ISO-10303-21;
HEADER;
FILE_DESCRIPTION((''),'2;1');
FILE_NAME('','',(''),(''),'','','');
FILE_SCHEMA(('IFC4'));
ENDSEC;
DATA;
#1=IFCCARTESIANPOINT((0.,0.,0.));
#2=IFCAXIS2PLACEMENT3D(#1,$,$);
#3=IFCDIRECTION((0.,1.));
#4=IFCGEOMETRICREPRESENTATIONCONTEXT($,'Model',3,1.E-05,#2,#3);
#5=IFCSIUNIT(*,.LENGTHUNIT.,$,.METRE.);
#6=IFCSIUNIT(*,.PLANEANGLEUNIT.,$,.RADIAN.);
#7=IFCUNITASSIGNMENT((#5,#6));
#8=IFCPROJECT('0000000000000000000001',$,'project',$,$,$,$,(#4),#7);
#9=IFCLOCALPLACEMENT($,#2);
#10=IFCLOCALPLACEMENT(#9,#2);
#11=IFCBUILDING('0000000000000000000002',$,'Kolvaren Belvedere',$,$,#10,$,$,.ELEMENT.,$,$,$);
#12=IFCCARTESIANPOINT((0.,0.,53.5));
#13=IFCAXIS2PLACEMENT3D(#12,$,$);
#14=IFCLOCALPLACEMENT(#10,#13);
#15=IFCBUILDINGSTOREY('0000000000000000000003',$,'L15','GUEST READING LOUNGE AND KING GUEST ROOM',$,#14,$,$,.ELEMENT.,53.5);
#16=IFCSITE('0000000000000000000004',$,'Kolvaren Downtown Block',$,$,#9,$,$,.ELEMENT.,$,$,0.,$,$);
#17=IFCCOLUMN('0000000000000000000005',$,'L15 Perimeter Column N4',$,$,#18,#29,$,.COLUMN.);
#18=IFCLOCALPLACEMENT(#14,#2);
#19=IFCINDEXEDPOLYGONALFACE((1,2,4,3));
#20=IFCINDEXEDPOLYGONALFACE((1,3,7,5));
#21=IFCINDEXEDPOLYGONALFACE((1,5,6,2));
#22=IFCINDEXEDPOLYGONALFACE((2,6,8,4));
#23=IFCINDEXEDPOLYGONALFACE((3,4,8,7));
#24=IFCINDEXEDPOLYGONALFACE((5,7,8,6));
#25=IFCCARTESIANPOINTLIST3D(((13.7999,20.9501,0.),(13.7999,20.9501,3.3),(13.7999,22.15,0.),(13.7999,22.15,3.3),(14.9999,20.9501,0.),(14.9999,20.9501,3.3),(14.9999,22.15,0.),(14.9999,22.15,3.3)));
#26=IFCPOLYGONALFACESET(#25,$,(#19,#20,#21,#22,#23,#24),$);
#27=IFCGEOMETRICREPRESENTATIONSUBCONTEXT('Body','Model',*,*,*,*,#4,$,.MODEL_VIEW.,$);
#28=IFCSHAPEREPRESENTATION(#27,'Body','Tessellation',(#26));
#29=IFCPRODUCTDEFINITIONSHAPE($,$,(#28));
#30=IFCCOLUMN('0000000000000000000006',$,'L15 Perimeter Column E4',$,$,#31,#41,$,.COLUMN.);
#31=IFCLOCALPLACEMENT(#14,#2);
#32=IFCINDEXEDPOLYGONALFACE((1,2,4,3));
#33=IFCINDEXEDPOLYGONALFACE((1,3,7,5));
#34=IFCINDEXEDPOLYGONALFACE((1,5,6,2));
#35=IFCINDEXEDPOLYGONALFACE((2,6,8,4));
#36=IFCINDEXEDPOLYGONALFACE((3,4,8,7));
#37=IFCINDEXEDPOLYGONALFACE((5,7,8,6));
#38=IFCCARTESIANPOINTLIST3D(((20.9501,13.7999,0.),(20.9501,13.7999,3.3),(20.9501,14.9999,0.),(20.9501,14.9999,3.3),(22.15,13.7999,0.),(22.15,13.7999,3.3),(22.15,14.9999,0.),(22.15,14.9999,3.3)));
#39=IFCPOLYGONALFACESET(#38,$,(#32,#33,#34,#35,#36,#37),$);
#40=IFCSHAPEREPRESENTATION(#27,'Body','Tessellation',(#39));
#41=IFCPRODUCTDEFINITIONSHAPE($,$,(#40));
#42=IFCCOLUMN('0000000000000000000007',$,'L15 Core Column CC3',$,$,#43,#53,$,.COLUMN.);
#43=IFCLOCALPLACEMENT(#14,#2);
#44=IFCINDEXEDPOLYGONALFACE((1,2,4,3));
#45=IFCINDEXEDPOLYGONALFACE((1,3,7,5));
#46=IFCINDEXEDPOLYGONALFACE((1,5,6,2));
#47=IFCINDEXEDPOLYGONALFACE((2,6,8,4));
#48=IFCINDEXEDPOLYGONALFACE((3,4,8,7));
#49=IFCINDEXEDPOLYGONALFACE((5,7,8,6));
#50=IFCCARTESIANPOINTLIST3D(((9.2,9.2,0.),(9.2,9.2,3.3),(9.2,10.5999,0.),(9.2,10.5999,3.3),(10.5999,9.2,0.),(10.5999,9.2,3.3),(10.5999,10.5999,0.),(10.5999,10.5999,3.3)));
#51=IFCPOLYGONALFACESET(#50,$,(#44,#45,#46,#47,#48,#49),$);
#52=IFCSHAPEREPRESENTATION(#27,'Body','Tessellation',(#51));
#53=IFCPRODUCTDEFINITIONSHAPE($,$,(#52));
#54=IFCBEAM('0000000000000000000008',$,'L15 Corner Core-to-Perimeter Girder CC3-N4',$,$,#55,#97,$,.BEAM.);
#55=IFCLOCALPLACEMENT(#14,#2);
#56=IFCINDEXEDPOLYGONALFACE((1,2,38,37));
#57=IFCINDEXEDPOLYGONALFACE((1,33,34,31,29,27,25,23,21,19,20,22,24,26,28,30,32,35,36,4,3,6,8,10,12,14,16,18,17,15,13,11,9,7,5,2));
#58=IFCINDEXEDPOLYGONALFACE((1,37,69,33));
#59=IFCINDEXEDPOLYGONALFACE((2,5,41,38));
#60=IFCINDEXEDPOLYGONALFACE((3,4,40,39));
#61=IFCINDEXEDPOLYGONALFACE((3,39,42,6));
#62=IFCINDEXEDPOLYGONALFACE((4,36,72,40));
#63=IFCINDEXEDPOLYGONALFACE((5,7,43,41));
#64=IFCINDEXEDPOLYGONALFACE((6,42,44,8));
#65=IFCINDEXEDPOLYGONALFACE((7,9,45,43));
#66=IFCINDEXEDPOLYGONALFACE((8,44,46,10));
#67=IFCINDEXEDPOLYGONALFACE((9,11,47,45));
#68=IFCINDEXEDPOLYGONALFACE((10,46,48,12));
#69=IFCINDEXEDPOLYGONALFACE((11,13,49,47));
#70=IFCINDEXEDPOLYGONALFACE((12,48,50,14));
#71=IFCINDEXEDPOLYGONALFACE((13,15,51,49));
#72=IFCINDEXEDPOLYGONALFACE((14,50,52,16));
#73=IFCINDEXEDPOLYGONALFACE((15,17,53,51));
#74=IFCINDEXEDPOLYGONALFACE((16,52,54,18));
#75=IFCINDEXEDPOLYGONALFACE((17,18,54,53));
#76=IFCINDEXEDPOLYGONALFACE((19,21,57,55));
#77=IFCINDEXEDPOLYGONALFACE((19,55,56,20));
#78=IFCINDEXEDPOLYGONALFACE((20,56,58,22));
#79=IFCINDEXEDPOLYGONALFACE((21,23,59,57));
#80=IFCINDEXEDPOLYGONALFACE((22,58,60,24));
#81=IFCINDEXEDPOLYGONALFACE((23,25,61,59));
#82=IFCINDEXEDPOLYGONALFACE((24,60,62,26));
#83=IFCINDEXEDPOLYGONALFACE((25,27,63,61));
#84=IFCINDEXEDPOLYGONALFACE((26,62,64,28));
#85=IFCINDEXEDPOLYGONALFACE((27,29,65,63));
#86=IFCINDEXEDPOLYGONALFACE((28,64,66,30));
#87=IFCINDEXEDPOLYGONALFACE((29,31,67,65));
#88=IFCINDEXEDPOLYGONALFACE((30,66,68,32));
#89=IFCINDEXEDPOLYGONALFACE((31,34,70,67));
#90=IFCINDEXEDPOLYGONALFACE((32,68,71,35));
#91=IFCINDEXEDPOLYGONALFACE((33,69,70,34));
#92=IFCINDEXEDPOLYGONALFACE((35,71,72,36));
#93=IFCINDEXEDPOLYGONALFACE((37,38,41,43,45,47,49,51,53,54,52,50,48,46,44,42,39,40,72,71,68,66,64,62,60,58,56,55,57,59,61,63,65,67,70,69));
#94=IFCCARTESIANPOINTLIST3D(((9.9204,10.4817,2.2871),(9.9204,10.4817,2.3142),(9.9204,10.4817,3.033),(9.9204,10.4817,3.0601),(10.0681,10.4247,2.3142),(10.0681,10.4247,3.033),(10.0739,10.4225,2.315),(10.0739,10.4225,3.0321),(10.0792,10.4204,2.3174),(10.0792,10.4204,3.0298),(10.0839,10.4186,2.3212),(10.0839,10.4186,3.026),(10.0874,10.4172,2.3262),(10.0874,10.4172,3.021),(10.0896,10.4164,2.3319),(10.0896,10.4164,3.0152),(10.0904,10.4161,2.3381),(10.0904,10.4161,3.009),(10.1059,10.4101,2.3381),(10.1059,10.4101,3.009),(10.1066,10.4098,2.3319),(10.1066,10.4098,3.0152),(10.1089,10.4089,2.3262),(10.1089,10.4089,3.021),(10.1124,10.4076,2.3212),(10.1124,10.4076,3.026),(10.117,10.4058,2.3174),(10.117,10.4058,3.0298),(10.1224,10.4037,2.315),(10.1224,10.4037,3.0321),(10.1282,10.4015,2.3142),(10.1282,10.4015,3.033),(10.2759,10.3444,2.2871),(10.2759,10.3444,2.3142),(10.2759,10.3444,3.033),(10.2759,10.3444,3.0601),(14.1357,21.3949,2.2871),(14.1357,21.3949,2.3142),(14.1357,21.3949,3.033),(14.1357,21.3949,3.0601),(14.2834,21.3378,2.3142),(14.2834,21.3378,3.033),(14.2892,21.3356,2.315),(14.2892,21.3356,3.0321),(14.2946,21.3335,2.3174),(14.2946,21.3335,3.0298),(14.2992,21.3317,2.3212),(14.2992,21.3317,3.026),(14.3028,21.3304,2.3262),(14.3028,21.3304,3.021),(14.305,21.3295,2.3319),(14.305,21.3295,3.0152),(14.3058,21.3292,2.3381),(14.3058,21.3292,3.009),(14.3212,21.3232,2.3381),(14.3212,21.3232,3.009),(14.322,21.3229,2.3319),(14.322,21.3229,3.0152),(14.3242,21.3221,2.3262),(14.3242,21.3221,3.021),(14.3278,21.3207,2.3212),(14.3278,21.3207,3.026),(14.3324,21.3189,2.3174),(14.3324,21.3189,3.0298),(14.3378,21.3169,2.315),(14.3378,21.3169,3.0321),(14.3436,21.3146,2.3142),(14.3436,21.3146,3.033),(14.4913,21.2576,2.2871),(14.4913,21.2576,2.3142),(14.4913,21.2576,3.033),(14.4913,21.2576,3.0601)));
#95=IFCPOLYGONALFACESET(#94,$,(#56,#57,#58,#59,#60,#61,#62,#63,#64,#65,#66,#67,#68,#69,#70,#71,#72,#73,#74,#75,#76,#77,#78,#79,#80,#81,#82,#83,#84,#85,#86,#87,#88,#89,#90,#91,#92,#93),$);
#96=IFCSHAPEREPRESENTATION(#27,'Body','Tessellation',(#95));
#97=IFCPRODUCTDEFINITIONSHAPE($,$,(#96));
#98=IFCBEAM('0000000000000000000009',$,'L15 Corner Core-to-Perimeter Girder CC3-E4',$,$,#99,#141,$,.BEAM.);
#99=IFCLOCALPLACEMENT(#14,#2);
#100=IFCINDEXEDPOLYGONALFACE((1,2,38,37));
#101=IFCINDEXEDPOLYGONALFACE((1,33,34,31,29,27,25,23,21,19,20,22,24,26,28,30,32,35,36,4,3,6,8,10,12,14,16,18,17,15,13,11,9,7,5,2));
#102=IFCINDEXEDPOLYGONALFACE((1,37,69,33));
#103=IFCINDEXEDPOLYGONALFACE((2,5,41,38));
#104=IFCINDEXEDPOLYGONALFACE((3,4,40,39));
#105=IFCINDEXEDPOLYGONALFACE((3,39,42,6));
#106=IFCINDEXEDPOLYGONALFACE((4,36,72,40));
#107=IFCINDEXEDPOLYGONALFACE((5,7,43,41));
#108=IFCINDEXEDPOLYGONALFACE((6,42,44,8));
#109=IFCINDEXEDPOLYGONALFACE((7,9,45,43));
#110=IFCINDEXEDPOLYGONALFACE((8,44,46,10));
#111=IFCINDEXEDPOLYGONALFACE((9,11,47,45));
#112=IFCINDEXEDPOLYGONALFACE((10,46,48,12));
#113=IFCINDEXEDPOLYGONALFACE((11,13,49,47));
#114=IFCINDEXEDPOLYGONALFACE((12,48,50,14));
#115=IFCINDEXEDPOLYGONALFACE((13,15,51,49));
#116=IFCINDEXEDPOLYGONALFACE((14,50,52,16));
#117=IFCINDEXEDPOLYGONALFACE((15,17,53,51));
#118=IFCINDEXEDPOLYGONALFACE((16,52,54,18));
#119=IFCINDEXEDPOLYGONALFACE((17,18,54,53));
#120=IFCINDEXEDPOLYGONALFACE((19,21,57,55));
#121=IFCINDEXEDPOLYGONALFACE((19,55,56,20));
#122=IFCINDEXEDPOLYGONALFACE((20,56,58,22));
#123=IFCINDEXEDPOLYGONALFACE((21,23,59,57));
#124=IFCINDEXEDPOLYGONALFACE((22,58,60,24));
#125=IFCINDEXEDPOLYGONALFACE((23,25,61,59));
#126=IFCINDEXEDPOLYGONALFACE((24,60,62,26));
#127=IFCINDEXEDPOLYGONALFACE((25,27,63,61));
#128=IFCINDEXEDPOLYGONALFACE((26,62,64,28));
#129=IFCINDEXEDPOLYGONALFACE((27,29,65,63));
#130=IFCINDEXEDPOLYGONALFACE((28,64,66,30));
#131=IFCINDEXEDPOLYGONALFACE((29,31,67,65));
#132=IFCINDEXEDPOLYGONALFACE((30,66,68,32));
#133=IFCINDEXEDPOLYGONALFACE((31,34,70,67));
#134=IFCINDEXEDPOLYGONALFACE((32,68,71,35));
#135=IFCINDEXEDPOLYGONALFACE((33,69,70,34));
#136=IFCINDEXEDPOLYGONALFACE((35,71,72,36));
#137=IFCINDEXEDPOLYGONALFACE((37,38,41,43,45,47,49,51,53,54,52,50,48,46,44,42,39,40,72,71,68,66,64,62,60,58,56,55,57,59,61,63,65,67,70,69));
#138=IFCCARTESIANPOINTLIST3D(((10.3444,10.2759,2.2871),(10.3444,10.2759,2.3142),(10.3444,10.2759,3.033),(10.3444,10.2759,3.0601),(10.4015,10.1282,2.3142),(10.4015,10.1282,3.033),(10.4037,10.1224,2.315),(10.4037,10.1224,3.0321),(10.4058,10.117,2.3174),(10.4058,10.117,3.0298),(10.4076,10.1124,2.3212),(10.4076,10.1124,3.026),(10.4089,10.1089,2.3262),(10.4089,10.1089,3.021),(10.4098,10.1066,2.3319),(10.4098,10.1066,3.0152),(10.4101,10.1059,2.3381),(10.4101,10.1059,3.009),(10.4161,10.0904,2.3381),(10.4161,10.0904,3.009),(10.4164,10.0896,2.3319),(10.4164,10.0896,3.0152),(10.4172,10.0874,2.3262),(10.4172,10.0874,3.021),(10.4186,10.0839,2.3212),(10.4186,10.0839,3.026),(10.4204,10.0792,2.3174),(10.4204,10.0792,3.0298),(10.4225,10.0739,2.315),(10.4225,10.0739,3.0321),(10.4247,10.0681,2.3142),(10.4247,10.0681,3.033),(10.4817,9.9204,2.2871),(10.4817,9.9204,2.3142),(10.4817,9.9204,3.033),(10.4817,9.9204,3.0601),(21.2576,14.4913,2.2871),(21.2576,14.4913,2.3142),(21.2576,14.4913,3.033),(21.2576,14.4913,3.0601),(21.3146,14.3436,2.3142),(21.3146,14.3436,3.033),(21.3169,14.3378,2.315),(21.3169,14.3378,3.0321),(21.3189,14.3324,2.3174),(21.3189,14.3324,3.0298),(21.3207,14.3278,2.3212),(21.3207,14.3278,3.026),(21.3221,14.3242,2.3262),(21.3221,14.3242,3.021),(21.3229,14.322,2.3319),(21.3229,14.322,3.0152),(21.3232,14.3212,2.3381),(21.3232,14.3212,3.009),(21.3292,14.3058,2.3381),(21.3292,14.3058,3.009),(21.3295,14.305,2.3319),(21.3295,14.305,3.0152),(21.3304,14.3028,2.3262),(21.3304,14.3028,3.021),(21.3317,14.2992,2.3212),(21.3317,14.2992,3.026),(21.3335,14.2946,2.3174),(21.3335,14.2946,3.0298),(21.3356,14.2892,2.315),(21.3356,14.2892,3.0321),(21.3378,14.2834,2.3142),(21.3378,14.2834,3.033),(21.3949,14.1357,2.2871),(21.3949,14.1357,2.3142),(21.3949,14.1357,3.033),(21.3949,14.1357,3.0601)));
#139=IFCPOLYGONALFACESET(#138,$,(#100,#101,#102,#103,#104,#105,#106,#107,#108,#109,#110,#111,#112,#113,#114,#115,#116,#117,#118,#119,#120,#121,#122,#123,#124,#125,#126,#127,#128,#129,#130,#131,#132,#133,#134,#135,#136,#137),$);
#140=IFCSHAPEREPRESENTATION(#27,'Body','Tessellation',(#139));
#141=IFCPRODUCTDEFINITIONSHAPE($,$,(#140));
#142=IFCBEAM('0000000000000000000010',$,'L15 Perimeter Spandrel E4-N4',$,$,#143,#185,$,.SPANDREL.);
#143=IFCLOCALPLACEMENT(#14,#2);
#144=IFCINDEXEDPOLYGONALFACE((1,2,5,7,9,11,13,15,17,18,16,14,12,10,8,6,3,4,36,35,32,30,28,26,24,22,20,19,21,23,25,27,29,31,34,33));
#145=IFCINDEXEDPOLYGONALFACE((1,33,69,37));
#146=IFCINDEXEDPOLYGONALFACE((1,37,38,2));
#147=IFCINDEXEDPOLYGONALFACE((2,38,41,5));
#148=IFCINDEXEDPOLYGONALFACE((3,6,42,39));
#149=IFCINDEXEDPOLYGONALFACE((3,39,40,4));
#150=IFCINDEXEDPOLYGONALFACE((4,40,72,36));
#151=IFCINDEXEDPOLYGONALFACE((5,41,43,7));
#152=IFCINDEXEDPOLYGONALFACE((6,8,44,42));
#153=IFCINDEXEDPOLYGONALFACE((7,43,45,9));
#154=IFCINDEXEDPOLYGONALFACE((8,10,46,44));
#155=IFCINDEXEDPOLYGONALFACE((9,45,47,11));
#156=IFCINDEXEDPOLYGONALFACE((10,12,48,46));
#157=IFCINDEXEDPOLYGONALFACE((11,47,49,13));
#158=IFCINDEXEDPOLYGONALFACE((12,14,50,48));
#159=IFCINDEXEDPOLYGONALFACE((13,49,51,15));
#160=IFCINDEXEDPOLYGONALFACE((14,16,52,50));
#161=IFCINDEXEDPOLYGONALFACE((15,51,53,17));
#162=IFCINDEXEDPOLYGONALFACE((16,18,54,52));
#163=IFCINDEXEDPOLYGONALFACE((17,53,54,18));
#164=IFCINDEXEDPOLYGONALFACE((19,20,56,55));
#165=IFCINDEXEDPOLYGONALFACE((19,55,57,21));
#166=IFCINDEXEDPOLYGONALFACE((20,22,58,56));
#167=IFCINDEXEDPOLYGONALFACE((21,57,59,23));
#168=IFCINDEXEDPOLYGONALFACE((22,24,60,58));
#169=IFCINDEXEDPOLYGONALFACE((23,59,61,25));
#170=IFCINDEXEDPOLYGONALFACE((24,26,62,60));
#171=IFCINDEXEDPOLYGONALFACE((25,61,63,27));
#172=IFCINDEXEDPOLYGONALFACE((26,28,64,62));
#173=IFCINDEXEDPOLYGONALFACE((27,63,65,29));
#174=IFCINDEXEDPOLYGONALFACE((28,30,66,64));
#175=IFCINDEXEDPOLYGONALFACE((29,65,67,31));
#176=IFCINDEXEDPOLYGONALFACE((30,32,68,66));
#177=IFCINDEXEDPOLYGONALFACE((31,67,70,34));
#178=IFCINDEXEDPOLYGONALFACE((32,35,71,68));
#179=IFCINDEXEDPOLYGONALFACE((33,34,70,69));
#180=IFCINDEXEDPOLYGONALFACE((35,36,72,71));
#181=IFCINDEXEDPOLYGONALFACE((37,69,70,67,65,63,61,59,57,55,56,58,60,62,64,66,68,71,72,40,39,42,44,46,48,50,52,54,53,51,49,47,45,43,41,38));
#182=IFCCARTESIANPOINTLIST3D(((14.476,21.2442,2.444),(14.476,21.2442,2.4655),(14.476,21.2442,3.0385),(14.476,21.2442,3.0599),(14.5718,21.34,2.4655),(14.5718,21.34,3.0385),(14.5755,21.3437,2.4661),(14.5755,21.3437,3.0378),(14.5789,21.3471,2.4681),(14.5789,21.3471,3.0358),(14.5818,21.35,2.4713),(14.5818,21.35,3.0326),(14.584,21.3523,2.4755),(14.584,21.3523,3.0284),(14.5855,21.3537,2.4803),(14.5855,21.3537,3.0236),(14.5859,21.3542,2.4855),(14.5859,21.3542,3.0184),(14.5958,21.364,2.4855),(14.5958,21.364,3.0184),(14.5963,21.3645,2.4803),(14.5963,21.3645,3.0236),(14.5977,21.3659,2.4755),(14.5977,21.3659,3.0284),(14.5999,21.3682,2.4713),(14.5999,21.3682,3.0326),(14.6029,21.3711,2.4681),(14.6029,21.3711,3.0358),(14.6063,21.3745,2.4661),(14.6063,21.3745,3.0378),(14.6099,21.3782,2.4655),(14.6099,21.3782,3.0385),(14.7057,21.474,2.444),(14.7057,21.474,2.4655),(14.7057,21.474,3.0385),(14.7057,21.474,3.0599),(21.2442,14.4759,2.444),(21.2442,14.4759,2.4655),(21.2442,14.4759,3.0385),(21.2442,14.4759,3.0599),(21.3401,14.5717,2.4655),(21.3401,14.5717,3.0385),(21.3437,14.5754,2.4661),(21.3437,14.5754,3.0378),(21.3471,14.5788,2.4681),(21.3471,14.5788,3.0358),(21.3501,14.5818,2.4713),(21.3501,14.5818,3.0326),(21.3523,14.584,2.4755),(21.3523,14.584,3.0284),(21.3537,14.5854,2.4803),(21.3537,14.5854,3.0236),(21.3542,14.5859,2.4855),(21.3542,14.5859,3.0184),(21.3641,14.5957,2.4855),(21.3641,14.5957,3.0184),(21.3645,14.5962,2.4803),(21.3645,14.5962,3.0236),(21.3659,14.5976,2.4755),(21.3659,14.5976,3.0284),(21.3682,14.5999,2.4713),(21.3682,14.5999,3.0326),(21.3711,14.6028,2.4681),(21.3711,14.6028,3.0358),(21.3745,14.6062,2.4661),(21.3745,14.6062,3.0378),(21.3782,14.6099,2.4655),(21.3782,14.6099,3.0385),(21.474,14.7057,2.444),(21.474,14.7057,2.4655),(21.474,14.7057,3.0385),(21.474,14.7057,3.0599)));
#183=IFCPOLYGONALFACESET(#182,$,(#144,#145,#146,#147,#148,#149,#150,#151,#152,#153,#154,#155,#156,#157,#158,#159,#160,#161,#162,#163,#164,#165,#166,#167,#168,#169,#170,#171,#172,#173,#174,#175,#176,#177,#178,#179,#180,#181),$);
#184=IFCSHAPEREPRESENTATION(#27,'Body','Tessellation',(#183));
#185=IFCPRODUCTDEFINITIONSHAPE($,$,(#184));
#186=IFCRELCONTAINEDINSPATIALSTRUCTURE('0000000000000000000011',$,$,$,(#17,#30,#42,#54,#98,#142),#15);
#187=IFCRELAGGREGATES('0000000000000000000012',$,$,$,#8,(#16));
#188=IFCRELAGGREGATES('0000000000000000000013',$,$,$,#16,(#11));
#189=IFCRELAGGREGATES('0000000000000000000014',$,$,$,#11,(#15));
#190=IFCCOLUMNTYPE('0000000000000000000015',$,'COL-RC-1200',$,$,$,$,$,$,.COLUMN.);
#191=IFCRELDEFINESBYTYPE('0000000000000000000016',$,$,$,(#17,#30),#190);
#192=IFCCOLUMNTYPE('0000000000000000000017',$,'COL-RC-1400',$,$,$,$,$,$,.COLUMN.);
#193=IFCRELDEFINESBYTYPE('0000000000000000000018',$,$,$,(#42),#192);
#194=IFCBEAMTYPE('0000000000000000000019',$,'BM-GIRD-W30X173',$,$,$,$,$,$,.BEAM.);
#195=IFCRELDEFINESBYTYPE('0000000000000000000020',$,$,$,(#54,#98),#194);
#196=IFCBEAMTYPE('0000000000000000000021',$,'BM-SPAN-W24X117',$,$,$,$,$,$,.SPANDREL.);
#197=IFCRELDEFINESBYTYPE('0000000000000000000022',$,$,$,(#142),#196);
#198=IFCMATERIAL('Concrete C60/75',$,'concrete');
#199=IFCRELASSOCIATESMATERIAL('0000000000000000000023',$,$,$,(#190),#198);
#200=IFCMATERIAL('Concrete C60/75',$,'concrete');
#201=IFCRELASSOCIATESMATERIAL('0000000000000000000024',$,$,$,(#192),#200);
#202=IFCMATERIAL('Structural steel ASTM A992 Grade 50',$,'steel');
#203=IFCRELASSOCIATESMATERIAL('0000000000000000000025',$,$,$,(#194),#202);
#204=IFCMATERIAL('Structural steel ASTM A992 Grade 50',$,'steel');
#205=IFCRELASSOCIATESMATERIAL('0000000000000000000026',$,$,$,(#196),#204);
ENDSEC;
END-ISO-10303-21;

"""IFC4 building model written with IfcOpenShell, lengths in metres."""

from ifc_helpers import new_model, si_unit, direction, frame, origin, origin_2d, place, context, subcontext, project, spatial, rectangle, i_section, extrude, material, material_profile, profile_set, type_object, element, save


model = new_model("IFC4")

# Units and contexts
model_context = context("Model", 3, precision=1e-05, world=origin(), true_north=direction((0.0, 1.0)))
body_context = subcontext(model_context, "Body", "Model", "MODEL_VIEW")
ifc_project = project(units=[si_unit("LENGTHUNIT", "METRE"), si_unit("PLANEANGLEUNIT", "RADIAN")], contexts=[model_context])

# Site, building, storey
site_placement = place(None, origin())
site = spatial("IfcSite", under=ifc_project, at=site_placement, Name="Kolvaren Downtown Block", CompositionType="ELEMENT", RefElevation=0.0)
building_placement = place(site_placement, origin())
building = spatial("IfcBuilding", under=site, at=building_placement, Name="Kolvaren Belvedere", CompositionType="ELEMENT")
storey_placement = place(building_placement, frame((0.0, 0.0, 53.5)))
storey = spatial("IfcBuildingStorey", under=building, at=storey_placement, Name="L15", Description="GUEST READING LOUNGE AND KING GUEST ROOM", CompositionType="ELEMENT", Elevation=53.5)

# Columns
ifc_material_1 = material(Name="Concrete C60/75", Category="concrete")
ifc_material_profile_1 = material_profile(ifc_material_1, rectangle(XDim=1.2, YDim=1.2, at=origin_2d()), Name="RC 1200X1200")
ifc_profile_set_1 = profile_set([ifc_material_profile_1], Name="Concrete C60/75")
column_type_1 = type_object("IfcColumnType", Name="COL-RC-1200", PredefinedType="COLUMN", material=ifc_profile_set_1)
for number, where, z_axis, x_axis, name in (
    (1, (14.3999, 21.55, 0.0), (0.0, 0.0, 1.0), (1.0, 0.0, 0.0), "L15 Perimeter Column N4"),
    (2, (21.55, 14.3999, 0.0), (0.0, 0.0, 1.0), (1.0, 0.0, 0.0), "L15 Perimeter Column E4"),
):
    element("IfcColumn", number, at=place(storey_placement, frame(where, z_axis=z_axis, x_axis=x_axis)), inside=storey, type_object=column_type_1, Name=name, PredefinedType="COLUMN", context=body_context, shape_type="SweptSolid", body=[
        extrude(rectangle(XDim=1.2, YDim=1.2, at=origin_2d()), origin(), (0.0, 0.0, 1.0), 3.3),
    ])
ifc_material_2 = material(Name="Concrete C60/75", Category="concrete")
ifc_material_profile_2 = material_profile(ifc_material_2, rectangle(XDim=1.3999, YDim=1.3999, at=origin_2d()), Name="RC 1400X1400")
ifc_profile_set_2 = profile_set([ifc_material_profile_2], Name="Concrete C60/75")
column_type_2 = type_object("IfcColumnType", Name="COL-RC-1400", PredefinedType="COLUMN", material=ifc_profile_set_2)
column_placement = place(storey_placement, frame((9.8999, 9.8999, 0.0), z_axis=(0.0, 0.0, 1.0), x_axis=(1.0, 0.0, 0.0)))
element("IfcColumn", 3, at=column_placement, inside=storey, type_object=column_type_2, Name="L15 Core Column CC3", PredefinedType="COLUMN", context=body_context, shape_type="SweptSolid", body=[
    extrude(rectangle(XDim=1.3999, YDim=1.3999, at=origin_2d()), origin(), (0.0, 0.0, 1.0), 3.3),
])

# Beams
ifc_material_3 = material(Name="Structural steel ASTM A992 Grade 50", Category="steel")
ifc_material_profile_3 = material_profile(ifc_material_3, i_section(OverallWidth=0.3811, OverallDepth=0.7729, WebThickness=0.0166, FlangeThickness=0.0271, FilletRadius=0.0239, at=origin_2d()), Name="W30X173")
ifc_profile_set_3 = profile_set([ifc_material_profile_3], Name="Structural steel ASTM A992 Grade 50")
beam_type_1 = type_object("IfcBeamType", Name="BM-GIRD-W30X173", PredefinedType="BEAM", material=ifc_profile_set_3)
for number, where, z_axis, x_axis, name in (
    (4, (10.0981, 10.4131, 2.6736), (0.360318, 0.932829, 0.0), (-0.932829, 0.360318, 0.0), "L15 Corner Core-to-Perimeter Girder CC3-N4"),
    (5, (10.4131, 10.0981, 2.6736), (0.932829, 0.360318, 0.0), (-0.360318, 0.932829, 0.0), "L15 Corner Core-to-Perimeter Girder CC3-E4"),
):
    element("IfcBeam", number, at=place(storey_placement, frame(where, z_axis=z_axis, x_axis=x_axis)), inside=storey, type_object=beam_type_1, Name=name, PredefinedType="BEAM", context=body_context, shape_type="SweptSolid", body=[
        extrude(i_section(OverallWidth=0.3811, OverallDepth=0.7729, WebThickness=0.0166, FlangeThickness=0.0271, FilletRadius=0.0239, at=origin_2d()), origin(), (0.0, 0.0, 1.0), 11.699),
    ])
ifc_material_4 = material(Name="Structural steel ASTM A992 Grade 50", Category="steel")
ifc_material_profile_4 = material_profile(ifc_material_4, i_section(OverallWidth=0.325, OverallDepth=0.616, WebThickness=0.0139, FlangeThickness=0.0215, FilletRadius=0.02, at=origin_2d()), Name="W24X117")
ifc_profile_set_4 = profile_set([ifc_material_profile_4], Name="Structural steel ASTM A992 Grade 50")
beam_type_2 = type_object("IfcBeamType", Name="BM-SPAN-W24X117", PredefinedType="SPANDREL", material=ifc_profile_set_4)
beam_1_placement = place(storey_placement, frame((21.3591, 14.5908, 2.752), z_axis=(-0.707107, 0.707107, 0.0), x_axis=(-0.707107, -0.707107, 0.0)))
element("IfcBeam", 6, at=beam_1_placement, inside=storey, type_object=beam_type_2, Name="L15 Perimeter Spandrel E4-N4", PredefinedType="SPANDREL", context=body_context, shape_type="SweptSolid", body=[
    extrude(i_section(OverallWidth=0.325, OverallDepth=0.616, WebThickness=0.0139, FlangeThickness=0.0215, FilletRadius=0.02, at=origin_2d()), origin(), (0.0, 0.0, 1.0), 9.5718),
])

save(model, "model.ifc")
